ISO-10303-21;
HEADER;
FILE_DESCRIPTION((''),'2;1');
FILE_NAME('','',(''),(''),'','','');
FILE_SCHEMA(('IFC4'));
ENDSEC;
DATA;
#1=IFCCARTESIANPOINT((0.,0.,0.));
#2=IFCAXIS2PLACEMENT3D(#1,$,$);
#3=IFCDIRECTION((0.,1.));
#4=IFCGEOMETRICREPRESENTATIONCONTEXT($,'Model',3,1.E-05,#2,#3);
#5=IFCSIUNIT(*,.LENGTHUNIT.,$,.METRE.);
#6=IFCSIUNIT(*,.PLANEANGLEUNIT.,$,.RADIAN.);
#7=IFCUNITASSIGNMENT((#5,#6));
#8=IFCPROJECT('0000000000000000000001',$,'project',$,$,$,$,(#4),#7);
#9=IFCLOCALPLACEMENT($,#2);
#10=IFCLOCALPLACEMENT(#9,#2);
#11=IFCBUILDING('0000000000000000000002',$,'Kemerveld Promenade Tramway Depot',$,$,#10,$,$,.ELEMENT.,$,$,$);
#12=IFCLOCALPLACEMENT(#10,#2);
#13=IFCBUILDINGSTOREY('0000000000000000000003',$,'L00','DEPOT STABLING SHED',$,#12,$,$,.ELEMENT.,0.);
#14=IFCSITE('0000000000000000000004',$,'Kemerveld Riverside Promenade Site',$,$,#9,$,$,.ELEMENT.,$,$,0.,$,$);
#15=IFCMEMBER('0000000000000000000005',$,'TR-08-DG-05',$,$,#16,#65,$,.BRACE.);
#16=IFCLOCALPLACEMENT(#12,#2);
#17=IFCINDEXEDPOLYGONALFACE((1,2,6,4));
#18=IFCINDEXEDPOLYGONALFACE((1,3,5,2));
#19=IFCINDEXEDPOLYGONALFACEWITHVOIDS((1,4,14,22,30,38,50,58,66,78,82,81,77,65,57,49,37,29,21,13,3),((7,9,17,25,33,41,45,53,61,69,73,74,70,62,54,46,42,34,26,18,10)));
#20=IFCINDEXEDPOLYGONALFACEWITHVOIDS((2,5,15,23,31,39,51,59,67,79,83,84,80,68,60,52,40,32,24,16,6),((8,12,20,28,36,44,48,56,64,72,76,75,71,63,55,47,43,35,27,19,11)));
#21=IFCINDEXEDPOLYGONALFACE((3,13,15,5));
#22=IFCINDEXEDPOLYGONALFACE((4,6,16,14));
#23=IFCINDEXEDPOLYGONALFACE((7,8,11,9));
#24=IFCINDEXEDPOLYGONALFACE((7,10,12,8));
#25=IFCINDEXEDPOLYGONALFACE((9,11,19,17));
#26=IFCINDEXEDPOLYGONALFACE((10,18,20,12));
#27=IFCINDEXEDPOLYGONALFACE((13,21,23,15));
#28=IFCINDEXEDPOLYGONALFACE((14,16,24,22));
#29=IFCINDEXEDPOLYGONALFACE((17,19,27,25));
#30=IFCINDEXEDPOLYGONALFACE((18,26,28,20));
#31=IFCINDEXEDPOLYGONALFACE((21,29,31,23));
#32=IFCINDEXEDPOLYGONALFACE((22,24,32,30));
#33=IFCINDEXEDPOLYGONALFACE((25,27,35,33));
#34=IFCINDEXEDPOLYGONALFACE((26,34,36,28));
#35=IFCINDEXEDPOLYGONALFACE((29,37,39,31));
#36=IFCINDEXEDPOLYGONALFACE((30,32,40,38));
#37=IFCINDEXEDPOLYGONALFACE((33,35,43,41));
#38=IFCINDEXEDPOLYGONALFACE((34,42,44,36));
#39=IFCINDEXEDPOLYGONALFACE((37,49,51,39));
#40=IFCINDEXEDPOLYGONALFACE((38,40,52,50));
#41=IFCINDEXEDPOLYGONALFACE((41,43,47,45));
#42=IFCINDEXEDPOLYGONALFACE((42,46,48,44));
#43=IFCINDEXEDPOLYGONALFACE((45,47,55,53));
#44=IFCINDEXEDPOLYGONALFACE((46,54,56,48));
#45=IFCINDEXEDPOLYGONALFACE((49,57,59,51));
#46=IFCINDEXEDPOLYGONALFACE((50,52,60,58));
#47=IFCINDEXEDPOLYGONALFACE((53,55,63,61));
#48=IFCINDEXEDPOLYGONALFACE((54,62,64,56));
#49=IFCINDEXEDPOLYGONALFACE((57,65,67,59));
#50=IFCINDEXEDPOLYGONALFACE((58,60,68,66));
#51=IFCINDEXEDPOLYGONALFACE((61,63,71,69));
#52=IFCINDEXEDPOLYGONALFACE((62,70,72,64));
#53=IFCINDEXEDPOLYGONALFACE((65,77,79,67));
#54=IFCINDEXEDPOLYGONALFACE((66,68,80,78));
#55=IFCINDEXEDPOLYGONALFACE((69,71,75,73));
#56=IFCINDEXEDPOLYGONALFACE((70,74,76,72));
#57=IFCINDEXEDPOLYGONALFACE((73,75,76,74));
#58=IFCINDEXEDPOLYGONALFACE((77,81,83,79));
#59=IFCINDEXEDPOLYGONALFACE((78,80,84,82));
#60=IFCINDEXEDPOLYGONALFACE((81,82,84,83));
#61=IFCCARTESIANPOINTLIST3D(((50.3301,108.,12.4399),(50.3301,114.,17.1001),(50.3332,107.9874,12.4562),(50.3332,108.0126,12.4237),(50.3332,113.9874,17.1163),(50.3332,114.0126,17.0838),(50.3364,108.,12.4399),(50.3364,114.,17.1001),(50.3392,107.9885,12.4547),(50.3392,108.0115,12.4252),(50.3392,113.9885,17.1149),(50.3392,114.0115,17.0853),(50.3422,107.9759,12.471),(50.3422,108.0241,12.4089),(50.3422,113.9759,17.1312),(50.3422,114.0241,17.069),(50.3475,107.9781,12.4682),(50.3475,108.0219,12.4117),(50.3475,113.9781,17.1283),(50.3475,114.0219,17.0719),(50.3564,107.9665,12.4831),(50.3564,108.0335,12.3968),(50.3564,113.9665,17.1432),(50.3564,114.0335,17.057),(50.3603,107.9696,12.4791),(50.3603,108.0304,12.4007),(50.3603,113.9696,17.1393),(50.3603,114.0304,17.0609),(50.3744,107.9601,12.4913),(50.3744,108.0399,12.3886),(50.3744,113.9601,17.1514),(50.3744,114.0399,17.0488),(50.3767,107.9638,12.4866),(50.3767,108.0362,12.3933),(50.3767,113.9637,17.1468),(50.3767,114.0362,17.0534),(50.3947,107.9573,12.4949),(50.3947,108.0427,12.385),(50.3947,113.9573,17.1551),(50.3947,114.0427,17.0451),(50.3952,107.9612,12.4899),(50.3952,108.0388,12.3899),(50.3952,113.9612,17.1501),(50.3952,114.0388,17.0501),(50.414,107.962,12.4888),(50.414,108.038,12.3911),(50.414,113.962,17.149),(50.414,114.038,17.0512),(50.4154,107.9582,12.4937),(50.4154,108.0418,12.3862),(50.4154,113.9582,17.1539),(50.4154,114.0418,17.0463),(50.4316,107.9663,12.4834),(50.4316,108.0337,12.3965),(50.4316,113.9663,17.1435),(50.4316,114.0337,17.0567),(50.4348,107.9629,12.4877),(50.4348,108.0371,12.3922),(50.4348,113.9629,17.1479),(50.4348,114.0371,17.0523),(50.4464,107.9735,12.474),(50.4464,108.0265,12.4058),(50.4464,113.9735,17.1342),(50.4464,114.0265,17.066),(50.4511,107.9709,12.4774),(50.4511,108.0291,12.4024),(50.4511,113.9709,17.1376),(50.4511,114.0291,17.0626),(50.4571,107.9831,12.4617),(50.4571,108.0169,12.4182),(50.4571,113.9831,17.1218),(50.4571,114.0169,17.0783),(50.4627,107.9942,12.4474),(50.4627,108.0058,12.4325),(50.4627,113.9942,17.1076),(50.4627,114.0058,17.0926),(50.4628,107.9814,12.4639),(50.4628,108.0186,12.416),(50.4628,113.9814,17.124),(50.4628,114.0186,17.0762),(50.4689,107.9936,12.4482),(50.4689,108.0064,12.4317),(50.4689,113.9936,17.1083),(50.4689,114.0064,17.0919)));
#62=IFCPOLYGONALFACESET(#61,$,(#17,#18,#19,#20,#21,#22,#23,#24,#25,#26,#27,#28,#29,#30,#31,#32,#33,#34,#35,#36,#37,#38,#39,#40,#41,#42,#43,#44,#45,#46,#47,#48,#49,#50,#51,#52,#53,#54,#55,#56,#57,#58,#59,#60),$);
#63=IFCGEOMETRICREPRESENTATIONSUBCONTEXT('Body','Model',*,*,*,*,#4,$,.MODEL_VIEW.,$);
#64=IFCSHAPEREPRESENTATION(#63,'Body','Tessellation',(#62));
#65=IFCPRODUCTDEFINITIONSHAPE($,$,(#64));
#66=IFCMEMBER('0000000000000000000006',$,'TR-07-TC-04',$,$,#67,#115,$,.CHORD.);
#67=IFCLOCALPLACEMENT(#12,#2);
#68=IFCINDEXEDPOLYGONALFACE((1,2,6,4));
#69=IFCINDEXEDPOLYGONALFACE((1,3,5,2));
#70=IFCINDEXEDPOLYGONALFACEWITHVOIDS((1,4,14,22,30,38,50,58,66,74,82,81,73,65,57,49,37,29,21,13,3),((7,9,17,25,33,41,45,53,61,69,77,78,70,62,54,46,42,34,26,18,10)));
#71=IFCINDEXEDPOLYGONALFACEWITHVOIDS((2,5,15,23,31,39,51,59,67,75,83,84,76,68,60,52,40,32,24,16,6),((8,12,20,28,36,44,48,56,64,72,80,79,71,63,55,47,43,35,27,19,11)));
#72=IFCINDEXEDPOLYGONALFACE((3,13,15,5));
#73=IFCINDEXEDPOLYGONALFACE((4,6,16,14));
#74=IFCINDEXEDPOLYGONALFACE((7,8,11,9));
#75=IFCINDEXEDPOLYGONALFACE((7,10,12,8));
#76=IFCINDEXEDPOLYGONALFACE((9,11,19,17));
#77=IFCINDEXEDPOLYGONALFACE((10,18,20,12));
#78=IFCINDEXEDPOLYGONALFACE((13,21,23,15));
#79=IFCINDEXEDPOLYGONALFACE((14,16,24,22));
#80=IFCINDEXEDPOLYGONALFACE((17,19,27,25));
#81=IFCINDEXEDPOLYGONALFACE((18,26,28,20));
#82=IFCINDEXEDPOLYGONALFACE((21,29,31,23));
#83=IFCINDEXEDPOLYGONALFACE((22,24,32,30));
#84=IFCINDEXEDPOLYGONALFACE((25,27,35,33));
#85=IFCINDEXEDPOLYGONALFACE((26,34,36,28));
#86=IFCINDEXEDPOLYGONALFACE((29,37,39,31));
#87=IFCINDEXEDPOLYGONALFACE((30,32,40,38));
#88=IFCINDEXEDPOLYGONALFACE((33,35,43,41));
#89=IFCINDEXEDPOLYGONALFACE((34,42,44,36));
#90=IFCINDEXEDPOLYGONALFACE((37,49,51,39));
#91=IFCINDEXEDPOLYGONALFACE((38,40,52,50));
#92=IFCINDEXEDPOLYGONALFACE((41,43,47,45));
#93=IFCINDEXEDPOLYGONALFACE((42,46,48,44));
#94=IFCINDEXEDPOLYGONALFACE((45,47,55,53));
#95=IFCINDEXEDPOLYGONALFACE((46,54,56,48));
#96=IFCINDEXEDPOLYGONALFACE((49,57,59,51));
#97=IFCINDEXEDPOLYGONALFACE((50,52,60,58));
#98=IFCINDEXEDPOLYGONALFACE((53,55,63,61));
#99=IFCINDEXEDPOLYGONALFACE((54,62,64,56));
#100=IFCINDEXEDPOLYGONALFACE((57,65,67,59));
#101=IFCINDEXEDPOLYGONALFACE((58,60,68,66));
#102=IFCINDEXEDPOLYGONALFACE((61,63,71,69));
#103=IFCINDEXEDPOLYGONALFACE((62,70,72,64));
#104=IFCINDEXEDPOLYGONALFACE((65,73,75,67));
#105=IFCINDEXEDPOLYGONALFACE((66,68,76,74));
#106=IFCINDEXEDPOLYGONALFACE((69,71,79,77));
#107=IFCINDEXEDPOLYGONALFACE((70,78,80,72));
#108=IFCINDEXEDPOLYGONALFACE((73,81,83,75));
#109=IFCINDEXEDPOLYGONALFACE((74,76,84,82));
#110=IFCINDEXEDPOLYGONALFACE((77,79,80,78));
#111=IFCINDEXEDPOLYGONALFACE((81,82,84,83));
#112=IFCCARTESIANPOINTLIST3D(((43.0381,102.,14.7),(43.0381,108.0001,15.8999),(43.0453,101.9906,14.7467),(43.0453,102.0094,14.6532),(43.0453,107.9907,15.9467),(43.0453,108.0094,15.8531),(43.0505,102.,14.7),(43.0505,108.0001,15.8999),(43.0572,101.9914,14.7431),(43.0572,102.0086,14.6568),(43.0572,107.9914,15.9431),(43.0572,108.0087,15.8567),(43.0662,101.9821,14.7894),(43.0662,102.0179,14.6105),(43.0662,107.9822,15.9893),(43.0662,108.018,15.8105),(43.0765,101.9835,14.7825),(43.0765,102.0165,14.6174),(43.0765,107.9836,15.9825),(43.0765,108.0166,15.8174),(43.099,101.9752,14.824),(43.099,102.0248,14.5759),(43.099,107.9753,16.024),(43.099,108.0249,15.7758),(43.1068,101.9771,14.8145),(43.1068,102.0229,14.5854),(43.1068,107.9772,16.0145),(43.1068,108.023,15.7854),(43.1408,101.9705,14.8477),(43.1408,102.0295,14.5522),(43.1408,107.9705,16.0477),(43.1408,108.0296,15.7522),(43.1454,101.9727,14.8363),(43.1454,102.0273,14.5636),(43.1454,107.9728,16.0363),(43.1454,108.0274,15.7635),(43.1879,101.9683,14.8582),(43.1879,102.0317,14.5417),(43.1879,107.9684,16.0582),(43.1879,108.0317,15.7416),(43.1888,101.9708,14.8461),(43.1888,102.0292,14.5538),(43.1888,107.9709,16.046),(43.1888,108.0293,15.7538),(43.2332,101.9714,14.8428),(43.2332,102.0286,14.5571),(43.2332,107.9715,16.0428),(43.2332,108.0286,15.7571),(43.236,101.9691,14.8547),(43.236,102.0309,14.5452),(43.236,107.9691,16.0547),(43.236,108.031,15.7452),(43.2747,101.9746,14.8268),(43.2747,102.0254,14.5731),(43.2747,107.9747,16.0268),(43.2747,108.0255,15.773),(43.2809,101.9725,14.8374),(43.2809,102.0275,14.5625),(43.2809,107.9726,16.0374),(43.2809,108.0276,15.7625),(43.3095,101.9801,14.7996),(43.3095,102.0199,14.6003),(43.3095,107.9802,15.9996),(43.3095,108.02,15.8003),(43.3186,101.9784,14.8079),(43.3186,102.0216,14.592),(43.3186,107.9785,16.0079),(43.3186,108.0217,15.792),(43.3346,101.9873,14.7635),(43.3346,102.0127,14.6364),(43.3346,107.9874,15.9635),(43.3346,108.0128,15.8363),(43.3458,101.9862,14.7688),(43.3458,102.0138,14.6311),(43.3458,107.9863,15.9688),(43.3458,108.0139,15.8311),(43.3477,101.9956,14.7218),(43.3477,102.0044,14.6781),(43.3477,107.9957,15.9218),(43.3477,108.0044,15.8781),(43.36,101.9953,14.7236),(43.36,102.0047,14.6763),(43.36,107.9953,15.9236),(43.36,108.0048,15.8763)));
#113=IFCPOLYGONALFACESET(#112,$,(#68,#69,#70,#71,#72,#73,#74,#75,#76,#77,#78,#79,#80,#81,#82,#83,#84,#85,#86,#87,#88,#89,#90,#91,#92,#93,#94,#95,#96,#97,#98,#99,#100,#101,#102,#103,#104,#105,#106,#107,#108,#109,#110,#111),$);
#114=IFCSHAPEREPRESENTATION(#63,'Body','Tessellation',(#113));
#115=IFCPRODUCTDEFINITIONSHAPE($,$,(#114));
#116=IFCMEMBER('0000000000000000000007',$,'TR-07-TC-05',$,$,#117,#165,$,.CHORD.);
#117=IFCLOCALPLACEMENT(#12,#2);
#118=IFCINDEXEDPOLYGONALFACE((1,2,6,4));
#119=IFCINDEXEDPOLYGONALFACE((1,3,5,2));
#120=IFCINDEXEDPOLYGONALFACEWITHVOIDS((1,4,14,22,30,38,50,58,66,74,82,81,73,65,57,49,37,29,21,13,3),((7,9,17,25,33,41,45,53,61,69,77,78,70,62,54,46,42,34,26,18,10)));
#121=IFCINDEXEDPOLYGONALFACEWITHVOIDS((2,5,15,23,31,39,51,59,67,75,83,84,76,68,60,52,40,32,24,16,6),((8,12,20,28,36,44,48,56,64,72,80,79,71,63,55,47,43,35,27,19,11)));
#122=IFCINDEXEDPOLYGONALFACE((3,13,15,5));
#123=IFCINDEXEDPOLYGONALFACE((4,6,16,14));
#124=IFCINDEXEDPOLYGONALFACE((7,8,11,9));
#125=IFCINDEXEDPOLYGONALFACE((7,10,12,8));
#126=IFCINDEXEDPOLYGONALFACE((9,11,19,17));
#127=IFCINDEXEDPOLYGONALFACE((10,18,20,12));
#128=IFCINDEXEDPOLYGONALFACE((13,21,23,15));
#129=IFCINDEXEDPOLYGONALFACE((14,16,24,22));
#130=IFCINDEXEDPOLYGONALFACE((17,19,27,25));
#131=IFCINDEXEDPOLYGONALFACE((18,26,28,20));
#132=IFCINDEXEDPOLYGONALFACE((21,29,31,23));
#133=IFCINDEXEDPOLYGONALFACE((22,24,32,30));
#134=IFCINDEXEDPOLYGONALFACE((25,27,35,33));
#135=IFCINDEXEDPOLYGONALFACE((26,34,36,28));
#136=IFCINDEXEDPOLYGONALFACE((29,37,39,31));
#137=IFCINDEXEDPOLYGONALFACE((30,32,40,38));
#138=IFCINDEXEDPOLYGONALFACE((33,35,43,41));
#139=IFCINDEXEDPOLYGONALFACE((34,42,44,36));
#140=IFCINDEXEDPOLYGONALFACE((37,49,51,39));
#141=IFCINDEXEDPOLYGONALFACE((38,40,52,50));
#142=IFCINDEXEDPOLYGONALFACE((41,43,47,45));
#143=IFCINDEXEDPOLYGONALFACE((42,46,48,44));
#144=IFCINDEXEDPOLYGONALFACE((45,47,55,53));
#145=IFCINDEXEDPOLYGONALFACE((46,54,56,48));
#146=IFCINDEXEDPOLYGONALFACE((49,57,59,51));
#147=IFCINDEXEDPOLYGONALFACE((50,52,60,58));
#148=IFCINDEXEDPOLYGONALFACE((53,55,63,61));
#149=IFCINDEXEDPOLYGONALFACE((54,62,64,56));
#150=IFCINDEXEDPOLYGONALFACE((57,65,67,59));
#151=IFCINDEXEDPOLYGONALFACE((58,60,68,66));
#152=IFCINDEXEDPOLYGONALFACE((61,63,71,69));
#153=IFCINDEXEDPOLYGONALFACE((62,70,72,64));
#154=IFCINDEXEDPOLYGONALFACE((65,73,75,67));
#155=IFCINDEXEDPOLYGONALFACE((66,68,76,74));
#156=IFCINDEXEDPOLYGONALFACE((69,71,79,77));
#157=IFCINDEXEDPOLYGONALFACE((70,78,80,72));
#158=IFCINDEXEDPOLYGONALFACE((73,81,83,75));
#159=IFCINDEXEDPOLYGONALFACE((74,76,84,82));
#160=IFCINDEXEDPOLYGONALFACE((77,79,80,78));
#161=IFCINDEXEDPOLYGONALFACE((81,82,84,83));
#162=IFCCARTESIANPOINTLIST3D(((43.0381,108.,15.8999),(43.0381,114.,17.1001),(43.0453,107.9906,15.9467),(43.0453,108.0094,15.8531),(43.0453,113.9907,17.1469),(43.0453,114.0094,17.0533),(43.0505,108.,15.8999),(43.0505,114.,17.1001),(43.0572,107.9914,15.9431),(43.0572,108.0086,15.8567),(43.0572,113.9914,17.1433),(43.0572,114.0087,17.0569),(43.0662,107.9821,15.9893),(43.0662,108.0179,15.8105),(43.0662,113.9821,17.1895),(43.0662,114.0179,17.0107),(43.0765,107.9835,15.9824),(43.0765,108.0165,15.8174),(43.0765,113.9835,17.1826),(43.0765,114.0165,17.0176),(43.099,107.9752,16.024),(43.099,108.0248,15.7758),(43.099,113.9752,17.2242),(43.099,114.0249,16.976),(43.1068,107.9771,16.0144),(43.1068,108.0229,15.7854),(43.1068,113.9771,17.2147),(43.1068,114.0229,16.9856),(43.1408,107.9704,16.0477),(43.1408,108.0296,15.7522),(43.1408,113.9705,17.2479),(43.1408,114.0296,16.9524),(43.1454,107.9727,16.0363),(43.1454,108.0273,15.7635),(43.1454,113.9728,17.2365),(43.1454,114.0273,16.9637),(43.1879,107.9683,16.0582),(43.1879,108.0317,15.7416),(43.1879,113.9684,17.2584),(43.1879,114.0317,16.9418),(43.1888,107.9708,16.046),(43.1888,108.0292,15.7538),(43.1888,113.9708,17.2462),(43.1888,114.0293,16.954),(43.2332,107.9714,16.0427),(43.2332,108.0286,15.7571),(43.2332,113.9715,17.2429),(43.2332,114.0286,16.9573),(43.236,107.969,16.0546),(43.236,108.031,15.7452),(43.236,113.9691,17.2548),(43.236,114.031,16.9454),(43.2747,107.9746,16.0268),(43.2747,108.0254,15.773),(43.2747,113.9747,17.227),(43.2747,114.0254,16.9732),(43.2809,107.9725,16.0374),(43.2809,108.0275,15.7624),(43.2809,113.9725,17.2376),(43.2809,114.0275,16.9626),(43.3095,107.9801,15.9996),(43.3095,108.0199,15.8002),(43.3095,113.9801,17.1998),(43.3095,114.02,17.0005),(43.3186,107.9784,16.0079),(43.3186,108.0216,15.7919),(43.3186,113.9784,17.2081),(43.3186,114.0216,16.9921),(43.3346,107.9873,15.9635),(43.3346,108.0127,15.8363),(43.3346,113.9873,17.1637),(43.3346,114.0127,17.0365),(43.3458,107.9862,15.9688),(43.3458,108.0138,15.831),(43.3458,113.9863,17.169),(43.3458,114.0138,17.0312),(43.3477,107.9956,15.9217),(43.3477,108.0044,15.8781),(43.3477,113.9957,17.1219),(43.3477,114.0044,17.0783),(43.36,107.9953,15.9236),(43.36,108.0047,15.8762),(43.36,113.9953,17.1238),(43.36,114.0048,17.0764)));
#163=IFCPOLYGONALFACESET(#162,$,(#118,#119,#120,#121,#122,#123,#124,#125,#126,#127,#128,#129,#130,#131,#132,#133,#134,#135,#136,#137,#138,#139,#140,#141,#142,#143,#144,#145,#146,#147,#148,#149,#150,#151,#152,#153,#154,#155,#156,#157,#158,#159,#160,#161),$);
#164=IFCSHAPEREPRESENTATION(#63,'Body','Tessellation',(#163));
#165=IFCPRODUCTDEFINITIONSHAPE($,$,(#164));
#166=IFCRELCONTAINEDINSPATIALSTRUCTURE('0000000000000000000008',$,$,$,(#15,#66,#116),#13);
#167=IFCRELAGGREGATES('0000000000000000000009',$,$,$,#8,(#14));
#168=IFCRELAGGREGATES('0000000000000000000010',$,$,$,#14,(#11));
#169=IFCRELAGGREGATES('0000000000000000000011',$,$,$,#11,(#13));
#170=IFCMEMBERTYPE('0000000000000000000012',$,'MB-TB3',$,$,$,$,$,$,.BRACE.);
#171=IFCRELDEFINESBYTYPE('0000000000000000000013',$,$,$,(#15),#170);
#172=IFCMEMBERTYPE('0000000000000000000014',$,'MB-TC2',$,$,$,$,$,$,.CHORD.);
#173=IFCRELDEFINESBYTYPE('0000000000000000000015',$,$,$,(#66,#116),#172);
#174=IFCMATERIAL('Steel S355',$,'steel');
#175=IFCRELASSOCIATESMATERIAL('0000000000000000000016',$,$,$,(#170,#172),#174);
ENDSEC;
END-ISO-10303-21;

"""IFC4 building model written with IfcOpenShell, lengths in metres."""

from ifc_helpers import new_model, si_unit, direction, frame, origin, origin_2d, place, context, subcontext, project, spatial, hollow_circle, extrude, material, material_profile, profile_set, type_object, element, save


model = new_model("IFC4")

# Units and contexts
model_context = context("Model", 3, precision=1e-05, world=origin(), true_north=direction((0.0, 1.0)))
body_context = subcontext(model_context, "Body", "Model", "MODEL_VIEW")
ifc_project = project(units=[si_unit("LENGTHUNIT", "METRE"), si_unit("PLANEANGLEUNIT", "RADIAN")], contexts=[model_context])

# Site, building, storey
site_placement = place(None, origin())
site = spatial("IfcSite", under=ifc_project, at=site_placement, Name="Kemerveld Riverside Promenade Site", CompositionType="ELEMENT", RefElevation=0.0)
building_placement = place(site_placement, origin())
building = spatial("IfcBuilding", under=site, at=building_placement, Name="Kemerveld Promenade Tramway Depot", CompositionType="ELEMENT")
storey_placement = place(building_placement, origin())
storey = spatial("IfcBuildingStorey", under=building, at=storey_placement, Name="L00", Description="DEPOT STABLING SHED", CompositionType="ELEMENT", Elevation=0.0)

# Members
ifc_material = material(Name="Steel S355", Category="steel")
ifc_material_profile_1 = material_profile(ifc_material, hollow_circle(Radius=0.0698, WallThickness=0.0063, at=origin_2d()), Name="139.7x6.3 CHS")
ifc_profile_set_1 = profile_set([ifc_material_profile_1], Name="Steel S355")
member_type_1 = type_object("IfcMemberType", Name="MB-TB3", PredefinedType="BRACE", material=ifc_profile_set_1)
member_1_placement = place(storey_placement, frame((50.3999, 108.0, 12.4399), z_axis=(0.0, 0.789767, 0.613407), x_axis=(-1.0, 0.0, 0.0)))
element("IfcMember", 1, at=member_1_placement, inside=storey, type_object=member_type_1, Name="TR-08-DG-05", PredefinedType="BRACE", context=body_context, shape_type="SweptSolid", body=[
    extrude(hollow_circle(Radius=0.0698, WallThickness=0.0063, at=origin_2d()), origin(), (0.0, 0.0, 1.0), 7.5972),
])
ifc_material_profile_2 = material_profile(ifc_material, hollow_circle(Radius=0.1619, WallThickness=0.0125, at=origin_2d()), Name="323.9x12.5 CHS")
ifc_profile_set_2 = profile_set([ifc_material_profile_2], Name="Steel S355")
member_type_2 = type_object("IfcMemberType", Name="MB-TC2", PredefinedType="CHORD", material=ifc_profile_set_2)
for number, where, z_axis, x_axis, name in (
    (2, (43.2, 102.0, 14.7), (0.0, 0.980582, 0.196108), (-1.0, 0.0, 0.0), "TR-07-TC-04"),
    (3, (43.2, 108.0, 15.8999), (0.0, 0.980575, 0.196147), (-1.0, 0.0, 0.0), "TR-07-TC-05"),
):
    element("IfcMember", number, at=place(storey_placement, frame(where, z_axis=z_axis, x_axis=x_axis)), inside=storey, type_object=member_type_2, Name=name, PredefinedType="CHORD", context=body_context, shape_type="SweptSolid", body=[
        extrude(hollow_circle(Radius=0.1619, WallThickness=0.0125, at=origin_2d()), origin(), (0.0, 0.0, 1.0), 6.1189),
    ])

save(model, "model.ifc")
